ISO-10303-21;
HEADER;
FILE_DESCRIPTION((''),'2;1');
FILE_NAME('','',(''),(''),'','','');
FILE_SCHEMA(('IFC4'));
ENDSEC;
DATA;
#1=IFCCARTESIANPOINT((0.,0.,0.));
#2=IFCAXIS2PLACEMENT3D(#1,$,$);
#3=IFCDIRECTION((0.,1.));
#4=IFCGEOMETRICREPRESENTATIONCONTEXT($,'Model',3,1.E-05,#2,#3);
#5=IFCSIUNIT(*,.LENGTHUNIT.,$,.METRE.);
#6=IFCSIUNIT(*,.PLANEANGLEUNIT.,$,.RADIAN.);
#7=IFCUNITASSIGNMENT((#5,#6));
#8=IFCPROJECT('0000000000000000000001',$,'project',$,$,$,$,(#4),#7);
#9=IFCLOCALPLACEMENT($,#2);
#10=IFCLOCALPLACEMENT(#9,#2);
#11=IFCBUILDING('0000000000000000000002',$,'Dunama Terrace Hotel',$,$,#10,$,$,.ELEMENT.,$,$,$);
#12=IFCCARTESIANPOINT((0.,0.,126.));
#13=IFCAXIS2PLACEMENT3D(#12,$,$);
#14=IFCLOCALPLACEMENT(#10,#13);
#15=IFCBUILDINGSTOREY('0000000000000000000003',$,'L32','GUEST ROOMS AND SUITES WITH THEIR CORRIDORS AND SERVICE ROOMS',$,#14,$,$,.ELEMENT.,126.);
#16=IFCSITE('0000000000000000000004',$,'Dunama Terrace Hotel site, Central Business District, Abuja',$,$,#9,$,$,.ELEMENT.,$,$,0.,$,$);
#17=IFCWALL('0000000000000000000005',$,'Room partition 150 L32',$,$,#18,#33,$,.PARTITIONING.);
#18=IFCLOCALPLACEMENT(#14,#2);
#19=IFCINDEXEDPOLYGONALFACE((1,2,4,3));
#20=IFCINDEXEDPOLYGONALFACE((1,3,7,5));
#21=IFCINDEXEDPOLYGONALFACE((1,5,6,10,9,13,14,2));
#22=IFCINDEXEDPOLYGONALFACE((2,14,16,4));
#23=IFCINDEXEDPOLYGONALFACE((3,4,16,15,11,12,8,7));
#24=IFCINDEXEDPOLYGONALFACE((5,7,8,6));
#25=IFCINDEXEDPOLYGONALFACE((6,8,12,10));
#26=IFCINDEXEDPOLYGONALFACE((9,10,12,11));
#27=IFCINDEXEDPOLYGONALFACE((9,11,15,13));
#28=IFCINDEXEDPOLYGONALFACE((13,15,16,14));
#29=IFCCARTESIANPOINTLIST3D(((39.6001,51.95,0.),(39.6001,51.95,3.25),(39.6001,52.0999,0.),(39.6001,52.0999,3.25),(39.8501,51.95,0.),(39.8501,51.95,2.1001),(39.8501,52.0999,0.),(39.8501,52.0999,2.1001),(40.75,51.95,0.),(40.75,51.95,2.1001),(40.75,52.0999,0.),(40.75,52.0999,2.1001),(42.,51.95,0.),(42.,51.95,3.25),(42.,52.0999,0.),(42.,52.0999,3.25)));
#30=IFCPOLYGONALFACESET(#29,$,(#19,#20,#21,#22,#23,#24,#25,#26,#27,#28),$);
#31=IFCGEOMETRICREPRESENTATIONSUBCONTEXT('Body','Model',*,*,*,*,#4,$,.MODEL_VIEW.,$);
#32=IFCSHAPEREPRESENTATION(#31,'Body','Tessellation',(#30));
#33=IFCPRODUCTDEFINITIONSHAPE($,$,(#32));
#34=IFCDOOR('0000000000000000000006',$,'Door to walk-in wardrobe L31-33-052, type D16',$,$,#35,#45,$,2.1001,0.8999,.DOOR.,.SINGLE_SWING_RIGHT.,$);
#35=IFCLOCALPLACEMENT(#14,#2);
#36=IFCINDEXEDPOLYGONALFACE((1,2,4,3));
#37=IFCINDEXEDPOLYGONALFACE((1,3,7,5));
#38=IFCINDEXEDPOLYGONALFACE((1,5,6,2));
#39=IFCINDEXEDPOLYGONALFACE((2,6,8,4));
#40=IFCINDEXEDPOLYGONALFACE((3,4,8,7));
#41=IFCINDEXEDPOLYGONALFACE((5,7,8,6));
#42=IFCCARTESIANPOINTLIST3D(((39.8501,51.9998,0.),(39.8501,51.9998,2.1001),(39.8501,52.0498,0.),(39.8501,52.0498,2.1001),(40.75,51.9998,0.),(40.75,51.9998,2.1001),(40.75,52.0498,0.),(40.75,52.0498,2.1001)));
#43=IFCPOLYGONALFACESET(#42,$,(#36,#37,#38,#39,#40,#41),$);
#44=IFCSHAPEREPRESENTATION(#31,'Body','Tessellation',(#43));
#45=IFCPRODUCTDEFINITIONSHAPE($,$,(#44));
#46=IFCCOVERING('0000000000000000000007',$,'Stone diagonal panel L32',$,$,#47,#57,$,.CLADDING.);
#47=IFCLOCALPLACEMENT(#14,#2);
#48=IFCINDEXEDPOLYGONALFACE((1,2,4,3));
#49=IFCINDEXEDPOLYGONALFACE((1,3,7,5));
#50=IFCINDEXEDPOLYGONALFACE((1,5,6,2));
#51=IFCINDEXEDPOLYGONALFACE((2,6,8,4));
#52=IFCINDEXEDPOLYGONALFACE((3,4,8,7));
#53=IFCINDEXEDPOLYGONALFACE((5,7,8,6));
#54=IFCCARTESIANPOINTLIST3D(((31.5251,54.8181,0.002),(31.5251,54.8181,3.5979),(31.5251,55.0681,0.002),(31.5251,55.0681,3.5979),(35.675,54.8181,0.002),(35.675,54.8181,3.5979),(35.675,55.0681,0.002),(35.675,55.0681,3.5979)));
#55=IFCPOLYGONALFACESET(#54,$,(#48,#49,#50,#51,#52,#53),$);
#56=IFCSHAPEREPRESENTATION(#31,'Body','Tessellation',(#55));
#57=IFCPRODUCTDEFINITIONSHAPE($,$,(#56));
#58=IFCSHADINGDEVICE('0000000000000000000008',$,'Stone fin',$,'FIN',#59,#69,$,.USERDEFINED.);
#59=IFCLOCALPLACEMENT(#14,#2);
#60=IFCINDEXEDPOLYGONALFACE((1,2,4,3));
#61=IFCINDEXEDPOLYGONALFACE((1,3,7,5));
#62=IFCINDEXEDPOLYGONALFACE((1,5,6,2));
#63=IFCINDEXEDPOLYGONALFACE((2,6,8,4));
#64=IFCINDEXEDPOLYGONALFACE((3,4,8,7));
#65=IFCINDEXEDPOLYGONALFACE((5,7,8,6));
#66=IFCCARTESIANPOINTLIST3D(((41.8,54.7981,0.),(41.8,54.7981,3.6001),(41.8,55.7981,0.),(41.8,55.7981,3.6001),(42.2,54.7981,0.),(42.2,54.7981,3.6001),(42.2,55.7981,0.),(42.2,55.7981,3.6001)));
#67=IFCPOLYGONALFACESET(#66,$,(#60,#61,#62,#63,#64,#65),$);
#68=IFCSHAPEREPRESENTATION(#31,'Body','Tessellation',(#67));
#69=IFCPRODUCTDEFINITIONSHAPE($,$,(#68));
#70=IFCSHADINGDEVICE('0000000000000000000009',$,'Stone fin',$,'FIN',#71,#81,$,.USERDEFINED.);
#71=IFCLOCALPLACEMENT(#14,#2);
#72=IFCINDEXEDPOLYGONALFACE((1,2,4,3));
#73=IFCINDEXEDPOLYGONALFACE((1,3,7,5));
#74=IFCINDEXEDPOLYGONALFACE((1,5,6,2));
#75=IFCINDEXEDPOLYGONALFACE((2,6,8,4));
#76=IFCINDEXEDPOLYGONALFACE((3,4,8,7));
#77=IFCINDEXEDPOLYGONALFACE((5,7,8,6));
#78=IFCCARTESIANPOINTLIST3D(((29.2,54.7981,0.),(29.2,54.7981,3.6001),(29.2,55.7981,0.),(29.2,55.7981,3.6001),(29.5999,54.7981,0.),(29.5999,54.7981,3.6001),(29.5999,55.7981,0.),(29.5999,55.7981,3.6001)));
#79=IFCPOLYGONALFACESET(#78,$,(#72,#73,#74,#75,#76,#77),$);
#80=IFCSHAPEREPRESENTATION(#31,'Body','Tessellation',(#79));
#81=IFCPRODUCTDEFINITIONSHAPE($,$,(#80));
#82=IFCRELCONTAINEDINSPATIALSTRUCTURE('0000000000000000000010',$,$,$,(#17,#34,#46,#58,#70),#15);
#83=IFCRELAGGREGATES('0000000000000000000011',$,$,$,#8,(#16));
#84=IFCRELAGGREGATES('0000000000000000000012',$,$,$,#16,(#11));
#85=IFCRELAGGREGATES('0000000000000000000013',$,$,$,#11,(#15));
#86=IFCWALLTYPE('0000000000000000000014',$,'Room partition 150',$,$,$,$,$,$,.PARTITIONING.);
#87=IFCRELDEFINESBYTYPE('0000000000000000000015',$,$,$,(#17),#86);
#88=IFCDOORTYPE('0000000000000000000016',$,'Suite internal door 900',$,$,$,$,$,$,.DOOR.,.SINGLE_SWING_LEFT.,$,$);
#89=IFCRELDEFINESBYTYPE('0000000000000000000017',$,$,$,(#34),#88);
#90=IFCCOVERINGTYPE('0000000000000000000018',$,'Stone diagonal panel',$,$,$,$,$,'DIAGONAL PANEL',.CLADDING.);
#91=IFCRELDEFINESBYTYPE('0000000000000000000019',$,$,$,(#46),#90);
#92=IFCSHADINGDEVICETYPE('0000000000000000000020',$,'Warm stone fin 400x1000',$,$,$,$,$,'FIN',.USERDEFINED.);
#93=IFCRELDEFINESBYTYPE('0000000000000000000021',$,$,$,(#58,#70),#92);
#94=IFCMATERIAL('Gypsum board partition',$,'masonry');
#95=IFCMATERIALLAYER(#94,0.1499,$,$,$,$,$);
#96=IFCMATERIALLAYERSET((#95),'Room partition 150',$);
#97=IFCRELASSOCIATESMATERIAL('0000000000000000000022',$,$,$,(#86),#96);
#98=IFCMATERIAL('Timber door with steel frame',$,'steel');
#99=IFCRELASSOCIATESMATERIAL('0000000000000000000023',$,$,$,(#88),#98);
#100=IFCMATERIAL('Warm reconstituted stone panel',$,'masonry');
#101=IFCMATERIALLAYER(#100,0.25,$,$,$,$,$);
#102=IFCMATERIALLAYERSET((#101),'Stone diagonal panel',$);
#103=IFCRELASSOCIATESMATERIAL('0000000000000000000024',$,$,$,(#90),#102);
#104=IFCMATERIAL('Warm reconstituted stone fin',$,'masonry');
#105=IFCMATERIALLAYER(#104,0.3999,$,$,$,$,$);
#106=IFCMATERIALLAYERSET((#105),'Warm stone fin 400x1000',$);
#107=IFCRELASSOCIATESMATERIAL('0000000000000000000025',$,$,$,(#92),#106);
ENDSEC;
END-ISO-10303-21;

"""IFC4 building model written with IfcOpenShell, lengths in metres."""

from ifc_helpers import new_model, si_unit, direction, frame, frame_2d, origin, origin_2d, place, context, subcontext, project, spatial, rectangle, extrude, material, layer, layer_set, type_object, element, fill, save


model = new_model("IFC4")

# Units and contexts
model_context = context("Model", 3, precision=1e-05, world=origin(), true_north=direction((0.0, 1.0)))
body_context = subcontext(model_context, "Body", "Model", "MODEL_VIEW")
ifc_project = project(units=[si_unit("LENGTHUNIT", "METRE"), si_unit("PLANEANGLEUNIT", "RADIAN")], contexts=[model_context])

# Site, building, storey
site_placement = place(None, origin())
site = spatial("IfcSite", under=ifc_project, at=site_placement, Name="Dunama Terrace Hotel site, Central Business District, Abuja", CompositionType="ELEMENT", RefElevation=0.0)
building_placement = place(site_placement, origin())
building = spatial("IfcBuilding", under=site, at=building_placement, Name="Dunama Terrace Hotel", CompositionType="ELEMENT")
storey_placement = place(building_placement, frame((0.0, 0.0, 126.0)))
storey = spatial("IfcBuildingStorey", under=building, at=storey_placement, Name="L32", Description="GUEST ROOMS AND SUITES WITH THEIR CORRIDORS AND SERVICE ROOMS", CompositionType="ELEMENT", Elevation=126.0)

# Shared definitions
ifc_material_1 = material(Name="Gypsum board partition", Category="masonry")
ifc_layer_1 = layer(ifc_material_1, 0.1499)
ifc_layer_set_1 = layer_set([ifc_layer_1], Name="Room partition 150")
wall_type_1 = type_object("IfcWallType", Name="Room partition 150", PredefinedType="PARTITIONING", material=ifc_layer_set_1)

# Shared definitions
ifc_material_2 = material(Name="Timber door with steel frame", Category="steel")
door_type_1 = type_object("IfcDoorType", Name="Suite internal door 900", OperationType="SINGLE_SWING_LEFT", PredefinedType="DOOR", material=ifc_material_2)

# Wall, opening, door
wall_1_placement = place(storey_placement, frame((39.6001, 52.0249, 0.0), z_axis=(0.0, 0.0, 1.0), x_axis=(1.0, 0.0, 0.0)))
wall_1 = element("IfcWall", 1, at=wall_1_placement, inside=storey, type_object=wall_type_1, Name="Room partition 150 L32", PredefinedType="PARTITIONING", context=body_context, shape_type="SweptSolid", body=[
    extrude(rectangle(XDim=2.3999, YDim=0.1499, at=frame_2d((1.2, 0.0))), origin(), (0.0, 0.0, 1.0), 3.25),
])
opening_1_placement = place(wall_1_placement, frame((0.25, 0.0, 0.0)))
opening_1 = element("IfcOpeningElement", 2, at=opening_1_placement, cuts=wall_1, PredefinedType="OPENING", context=body_context, shape_type="SweptSolid", body=[
    extrude(rectangle(XDim=0.8999, YDim=2.1001, at=frame_2d((0.45, 1.05))), frame((0.0, 0.085, 0.0), z_axis=(0.0, -1.0, 0.0), x_axis=(1.0, 0.0, 0.0)), (0.0, 0.0, 1.0), 0.1699),
])
door_1_placement = place(opening_1_placement, frame((0.8999, 0.0, 0.0), z_axis=(0.0, 0.0, 1.0), x_axis=(-1.0, 0.0, 0.0)))
door_1 = element("IfcDoor", 3, at=door_1_placement, inside=storey, type_object=door_type_1, Name="Door to walk-in wardrobe L31-33-052, type D16", OperationType="SINGLE_SWING_RIGHT", OverallHeight=2.1001, OverallWidth=0.8999, PredefinedType="DOOR", context=body_context, shape_type="SweptSolid", body=[
    extrude(rectangle(XDim=0.8999, YDim=2.1001, at=frame_2d((0.45, 1.05))), frame((0.0, 0.0251, 0.0), z_axis=(0.0, -1.0, 0.0), x_axis=(1.0, 0.0, 0.0)), (0.0, 0.0, 1.0), 0.05),
])
fill(opening_1, door_1)

# Covering
ifc_material_3 = material(Name="Warm reconstituted stone panel", Category="masonry")
ifc_layer_2 = layer(ifc_material_3, 0.25)
ifc_layer_set_2 = layer_set([ifc_layer_2], Name="Stone diagonal panel")
covering_type = type_object("IfcCoveringType", Name="Stone diagonal panel", ElementType="DIAGONAL PANEL", PredefinedType="CLADDING", material=ifc_layer_set_2)
covering_placement = place(storey_placement, frame((33.6001, 54.9431, 0.002), z_axis=(0.0, 0.0, 1.0), x_axis=(-1.0, 0.0, 0.0)))
element("IfcCovering", 4, at=covering_placement, inside=storey, type_object=covering_type, Name="Stone diagonal panel L32", PredefinedType="CLADDING", context=body_context, shape_type="SweptSolid", body=[
    extrude(rectangle(XDim=4.1499, YDim=0.25, at=origin_2d()), origin(), (0.0, 0.0, 1.0), 3.5959),
])

# Shading devices
ifc_material_4 = material(Name="Warm reconstituted stone fin", Category="masonry")
ifc_layer_3 = layer(ifc_material_4, 0.3999)
ifc_layer_set_3 = layer_set([ifc_layer_3], Name="Warm stone fin 400x1000")
shading_device_type = type_object("IfcShadingDeviceType", Name="Warm stone fin 400x1000", ElementType="FIN", PredefinedType="USERDEFINED", material=ifc_layer_set_3)
for number, where, z_axis, x_axis, name in (
    (5, (42.0, 55.2981, 0.0), (0.0, 0.0, 1.0), (-1.0, 0.0, 0.0), "Stone fin"),
    (6, (29.3999, 55.2981, 0.0), (0.0, 0.0, 1.0), (-1.0, 0.0, 0.0), "Stone fin"),
):
    element("IfcShadingDevice", number, at=place(storey_placement, frame(where, z_axis=z_axis, x_axis=x_axis)), inside=storey, type_object=shading_device_type, Name=name, ObjectType="FIN", PredefinedType="USERDEFINED", context=body_context, shape_type="SweptSolid", body=[
        extrude(rectangle(XDim=0.3999, YDim=1.0, at=origin_2d()), origin(), (0.0, 0.0, 1.0), 3.6001),
    ])

save(model, "model.ifc")
